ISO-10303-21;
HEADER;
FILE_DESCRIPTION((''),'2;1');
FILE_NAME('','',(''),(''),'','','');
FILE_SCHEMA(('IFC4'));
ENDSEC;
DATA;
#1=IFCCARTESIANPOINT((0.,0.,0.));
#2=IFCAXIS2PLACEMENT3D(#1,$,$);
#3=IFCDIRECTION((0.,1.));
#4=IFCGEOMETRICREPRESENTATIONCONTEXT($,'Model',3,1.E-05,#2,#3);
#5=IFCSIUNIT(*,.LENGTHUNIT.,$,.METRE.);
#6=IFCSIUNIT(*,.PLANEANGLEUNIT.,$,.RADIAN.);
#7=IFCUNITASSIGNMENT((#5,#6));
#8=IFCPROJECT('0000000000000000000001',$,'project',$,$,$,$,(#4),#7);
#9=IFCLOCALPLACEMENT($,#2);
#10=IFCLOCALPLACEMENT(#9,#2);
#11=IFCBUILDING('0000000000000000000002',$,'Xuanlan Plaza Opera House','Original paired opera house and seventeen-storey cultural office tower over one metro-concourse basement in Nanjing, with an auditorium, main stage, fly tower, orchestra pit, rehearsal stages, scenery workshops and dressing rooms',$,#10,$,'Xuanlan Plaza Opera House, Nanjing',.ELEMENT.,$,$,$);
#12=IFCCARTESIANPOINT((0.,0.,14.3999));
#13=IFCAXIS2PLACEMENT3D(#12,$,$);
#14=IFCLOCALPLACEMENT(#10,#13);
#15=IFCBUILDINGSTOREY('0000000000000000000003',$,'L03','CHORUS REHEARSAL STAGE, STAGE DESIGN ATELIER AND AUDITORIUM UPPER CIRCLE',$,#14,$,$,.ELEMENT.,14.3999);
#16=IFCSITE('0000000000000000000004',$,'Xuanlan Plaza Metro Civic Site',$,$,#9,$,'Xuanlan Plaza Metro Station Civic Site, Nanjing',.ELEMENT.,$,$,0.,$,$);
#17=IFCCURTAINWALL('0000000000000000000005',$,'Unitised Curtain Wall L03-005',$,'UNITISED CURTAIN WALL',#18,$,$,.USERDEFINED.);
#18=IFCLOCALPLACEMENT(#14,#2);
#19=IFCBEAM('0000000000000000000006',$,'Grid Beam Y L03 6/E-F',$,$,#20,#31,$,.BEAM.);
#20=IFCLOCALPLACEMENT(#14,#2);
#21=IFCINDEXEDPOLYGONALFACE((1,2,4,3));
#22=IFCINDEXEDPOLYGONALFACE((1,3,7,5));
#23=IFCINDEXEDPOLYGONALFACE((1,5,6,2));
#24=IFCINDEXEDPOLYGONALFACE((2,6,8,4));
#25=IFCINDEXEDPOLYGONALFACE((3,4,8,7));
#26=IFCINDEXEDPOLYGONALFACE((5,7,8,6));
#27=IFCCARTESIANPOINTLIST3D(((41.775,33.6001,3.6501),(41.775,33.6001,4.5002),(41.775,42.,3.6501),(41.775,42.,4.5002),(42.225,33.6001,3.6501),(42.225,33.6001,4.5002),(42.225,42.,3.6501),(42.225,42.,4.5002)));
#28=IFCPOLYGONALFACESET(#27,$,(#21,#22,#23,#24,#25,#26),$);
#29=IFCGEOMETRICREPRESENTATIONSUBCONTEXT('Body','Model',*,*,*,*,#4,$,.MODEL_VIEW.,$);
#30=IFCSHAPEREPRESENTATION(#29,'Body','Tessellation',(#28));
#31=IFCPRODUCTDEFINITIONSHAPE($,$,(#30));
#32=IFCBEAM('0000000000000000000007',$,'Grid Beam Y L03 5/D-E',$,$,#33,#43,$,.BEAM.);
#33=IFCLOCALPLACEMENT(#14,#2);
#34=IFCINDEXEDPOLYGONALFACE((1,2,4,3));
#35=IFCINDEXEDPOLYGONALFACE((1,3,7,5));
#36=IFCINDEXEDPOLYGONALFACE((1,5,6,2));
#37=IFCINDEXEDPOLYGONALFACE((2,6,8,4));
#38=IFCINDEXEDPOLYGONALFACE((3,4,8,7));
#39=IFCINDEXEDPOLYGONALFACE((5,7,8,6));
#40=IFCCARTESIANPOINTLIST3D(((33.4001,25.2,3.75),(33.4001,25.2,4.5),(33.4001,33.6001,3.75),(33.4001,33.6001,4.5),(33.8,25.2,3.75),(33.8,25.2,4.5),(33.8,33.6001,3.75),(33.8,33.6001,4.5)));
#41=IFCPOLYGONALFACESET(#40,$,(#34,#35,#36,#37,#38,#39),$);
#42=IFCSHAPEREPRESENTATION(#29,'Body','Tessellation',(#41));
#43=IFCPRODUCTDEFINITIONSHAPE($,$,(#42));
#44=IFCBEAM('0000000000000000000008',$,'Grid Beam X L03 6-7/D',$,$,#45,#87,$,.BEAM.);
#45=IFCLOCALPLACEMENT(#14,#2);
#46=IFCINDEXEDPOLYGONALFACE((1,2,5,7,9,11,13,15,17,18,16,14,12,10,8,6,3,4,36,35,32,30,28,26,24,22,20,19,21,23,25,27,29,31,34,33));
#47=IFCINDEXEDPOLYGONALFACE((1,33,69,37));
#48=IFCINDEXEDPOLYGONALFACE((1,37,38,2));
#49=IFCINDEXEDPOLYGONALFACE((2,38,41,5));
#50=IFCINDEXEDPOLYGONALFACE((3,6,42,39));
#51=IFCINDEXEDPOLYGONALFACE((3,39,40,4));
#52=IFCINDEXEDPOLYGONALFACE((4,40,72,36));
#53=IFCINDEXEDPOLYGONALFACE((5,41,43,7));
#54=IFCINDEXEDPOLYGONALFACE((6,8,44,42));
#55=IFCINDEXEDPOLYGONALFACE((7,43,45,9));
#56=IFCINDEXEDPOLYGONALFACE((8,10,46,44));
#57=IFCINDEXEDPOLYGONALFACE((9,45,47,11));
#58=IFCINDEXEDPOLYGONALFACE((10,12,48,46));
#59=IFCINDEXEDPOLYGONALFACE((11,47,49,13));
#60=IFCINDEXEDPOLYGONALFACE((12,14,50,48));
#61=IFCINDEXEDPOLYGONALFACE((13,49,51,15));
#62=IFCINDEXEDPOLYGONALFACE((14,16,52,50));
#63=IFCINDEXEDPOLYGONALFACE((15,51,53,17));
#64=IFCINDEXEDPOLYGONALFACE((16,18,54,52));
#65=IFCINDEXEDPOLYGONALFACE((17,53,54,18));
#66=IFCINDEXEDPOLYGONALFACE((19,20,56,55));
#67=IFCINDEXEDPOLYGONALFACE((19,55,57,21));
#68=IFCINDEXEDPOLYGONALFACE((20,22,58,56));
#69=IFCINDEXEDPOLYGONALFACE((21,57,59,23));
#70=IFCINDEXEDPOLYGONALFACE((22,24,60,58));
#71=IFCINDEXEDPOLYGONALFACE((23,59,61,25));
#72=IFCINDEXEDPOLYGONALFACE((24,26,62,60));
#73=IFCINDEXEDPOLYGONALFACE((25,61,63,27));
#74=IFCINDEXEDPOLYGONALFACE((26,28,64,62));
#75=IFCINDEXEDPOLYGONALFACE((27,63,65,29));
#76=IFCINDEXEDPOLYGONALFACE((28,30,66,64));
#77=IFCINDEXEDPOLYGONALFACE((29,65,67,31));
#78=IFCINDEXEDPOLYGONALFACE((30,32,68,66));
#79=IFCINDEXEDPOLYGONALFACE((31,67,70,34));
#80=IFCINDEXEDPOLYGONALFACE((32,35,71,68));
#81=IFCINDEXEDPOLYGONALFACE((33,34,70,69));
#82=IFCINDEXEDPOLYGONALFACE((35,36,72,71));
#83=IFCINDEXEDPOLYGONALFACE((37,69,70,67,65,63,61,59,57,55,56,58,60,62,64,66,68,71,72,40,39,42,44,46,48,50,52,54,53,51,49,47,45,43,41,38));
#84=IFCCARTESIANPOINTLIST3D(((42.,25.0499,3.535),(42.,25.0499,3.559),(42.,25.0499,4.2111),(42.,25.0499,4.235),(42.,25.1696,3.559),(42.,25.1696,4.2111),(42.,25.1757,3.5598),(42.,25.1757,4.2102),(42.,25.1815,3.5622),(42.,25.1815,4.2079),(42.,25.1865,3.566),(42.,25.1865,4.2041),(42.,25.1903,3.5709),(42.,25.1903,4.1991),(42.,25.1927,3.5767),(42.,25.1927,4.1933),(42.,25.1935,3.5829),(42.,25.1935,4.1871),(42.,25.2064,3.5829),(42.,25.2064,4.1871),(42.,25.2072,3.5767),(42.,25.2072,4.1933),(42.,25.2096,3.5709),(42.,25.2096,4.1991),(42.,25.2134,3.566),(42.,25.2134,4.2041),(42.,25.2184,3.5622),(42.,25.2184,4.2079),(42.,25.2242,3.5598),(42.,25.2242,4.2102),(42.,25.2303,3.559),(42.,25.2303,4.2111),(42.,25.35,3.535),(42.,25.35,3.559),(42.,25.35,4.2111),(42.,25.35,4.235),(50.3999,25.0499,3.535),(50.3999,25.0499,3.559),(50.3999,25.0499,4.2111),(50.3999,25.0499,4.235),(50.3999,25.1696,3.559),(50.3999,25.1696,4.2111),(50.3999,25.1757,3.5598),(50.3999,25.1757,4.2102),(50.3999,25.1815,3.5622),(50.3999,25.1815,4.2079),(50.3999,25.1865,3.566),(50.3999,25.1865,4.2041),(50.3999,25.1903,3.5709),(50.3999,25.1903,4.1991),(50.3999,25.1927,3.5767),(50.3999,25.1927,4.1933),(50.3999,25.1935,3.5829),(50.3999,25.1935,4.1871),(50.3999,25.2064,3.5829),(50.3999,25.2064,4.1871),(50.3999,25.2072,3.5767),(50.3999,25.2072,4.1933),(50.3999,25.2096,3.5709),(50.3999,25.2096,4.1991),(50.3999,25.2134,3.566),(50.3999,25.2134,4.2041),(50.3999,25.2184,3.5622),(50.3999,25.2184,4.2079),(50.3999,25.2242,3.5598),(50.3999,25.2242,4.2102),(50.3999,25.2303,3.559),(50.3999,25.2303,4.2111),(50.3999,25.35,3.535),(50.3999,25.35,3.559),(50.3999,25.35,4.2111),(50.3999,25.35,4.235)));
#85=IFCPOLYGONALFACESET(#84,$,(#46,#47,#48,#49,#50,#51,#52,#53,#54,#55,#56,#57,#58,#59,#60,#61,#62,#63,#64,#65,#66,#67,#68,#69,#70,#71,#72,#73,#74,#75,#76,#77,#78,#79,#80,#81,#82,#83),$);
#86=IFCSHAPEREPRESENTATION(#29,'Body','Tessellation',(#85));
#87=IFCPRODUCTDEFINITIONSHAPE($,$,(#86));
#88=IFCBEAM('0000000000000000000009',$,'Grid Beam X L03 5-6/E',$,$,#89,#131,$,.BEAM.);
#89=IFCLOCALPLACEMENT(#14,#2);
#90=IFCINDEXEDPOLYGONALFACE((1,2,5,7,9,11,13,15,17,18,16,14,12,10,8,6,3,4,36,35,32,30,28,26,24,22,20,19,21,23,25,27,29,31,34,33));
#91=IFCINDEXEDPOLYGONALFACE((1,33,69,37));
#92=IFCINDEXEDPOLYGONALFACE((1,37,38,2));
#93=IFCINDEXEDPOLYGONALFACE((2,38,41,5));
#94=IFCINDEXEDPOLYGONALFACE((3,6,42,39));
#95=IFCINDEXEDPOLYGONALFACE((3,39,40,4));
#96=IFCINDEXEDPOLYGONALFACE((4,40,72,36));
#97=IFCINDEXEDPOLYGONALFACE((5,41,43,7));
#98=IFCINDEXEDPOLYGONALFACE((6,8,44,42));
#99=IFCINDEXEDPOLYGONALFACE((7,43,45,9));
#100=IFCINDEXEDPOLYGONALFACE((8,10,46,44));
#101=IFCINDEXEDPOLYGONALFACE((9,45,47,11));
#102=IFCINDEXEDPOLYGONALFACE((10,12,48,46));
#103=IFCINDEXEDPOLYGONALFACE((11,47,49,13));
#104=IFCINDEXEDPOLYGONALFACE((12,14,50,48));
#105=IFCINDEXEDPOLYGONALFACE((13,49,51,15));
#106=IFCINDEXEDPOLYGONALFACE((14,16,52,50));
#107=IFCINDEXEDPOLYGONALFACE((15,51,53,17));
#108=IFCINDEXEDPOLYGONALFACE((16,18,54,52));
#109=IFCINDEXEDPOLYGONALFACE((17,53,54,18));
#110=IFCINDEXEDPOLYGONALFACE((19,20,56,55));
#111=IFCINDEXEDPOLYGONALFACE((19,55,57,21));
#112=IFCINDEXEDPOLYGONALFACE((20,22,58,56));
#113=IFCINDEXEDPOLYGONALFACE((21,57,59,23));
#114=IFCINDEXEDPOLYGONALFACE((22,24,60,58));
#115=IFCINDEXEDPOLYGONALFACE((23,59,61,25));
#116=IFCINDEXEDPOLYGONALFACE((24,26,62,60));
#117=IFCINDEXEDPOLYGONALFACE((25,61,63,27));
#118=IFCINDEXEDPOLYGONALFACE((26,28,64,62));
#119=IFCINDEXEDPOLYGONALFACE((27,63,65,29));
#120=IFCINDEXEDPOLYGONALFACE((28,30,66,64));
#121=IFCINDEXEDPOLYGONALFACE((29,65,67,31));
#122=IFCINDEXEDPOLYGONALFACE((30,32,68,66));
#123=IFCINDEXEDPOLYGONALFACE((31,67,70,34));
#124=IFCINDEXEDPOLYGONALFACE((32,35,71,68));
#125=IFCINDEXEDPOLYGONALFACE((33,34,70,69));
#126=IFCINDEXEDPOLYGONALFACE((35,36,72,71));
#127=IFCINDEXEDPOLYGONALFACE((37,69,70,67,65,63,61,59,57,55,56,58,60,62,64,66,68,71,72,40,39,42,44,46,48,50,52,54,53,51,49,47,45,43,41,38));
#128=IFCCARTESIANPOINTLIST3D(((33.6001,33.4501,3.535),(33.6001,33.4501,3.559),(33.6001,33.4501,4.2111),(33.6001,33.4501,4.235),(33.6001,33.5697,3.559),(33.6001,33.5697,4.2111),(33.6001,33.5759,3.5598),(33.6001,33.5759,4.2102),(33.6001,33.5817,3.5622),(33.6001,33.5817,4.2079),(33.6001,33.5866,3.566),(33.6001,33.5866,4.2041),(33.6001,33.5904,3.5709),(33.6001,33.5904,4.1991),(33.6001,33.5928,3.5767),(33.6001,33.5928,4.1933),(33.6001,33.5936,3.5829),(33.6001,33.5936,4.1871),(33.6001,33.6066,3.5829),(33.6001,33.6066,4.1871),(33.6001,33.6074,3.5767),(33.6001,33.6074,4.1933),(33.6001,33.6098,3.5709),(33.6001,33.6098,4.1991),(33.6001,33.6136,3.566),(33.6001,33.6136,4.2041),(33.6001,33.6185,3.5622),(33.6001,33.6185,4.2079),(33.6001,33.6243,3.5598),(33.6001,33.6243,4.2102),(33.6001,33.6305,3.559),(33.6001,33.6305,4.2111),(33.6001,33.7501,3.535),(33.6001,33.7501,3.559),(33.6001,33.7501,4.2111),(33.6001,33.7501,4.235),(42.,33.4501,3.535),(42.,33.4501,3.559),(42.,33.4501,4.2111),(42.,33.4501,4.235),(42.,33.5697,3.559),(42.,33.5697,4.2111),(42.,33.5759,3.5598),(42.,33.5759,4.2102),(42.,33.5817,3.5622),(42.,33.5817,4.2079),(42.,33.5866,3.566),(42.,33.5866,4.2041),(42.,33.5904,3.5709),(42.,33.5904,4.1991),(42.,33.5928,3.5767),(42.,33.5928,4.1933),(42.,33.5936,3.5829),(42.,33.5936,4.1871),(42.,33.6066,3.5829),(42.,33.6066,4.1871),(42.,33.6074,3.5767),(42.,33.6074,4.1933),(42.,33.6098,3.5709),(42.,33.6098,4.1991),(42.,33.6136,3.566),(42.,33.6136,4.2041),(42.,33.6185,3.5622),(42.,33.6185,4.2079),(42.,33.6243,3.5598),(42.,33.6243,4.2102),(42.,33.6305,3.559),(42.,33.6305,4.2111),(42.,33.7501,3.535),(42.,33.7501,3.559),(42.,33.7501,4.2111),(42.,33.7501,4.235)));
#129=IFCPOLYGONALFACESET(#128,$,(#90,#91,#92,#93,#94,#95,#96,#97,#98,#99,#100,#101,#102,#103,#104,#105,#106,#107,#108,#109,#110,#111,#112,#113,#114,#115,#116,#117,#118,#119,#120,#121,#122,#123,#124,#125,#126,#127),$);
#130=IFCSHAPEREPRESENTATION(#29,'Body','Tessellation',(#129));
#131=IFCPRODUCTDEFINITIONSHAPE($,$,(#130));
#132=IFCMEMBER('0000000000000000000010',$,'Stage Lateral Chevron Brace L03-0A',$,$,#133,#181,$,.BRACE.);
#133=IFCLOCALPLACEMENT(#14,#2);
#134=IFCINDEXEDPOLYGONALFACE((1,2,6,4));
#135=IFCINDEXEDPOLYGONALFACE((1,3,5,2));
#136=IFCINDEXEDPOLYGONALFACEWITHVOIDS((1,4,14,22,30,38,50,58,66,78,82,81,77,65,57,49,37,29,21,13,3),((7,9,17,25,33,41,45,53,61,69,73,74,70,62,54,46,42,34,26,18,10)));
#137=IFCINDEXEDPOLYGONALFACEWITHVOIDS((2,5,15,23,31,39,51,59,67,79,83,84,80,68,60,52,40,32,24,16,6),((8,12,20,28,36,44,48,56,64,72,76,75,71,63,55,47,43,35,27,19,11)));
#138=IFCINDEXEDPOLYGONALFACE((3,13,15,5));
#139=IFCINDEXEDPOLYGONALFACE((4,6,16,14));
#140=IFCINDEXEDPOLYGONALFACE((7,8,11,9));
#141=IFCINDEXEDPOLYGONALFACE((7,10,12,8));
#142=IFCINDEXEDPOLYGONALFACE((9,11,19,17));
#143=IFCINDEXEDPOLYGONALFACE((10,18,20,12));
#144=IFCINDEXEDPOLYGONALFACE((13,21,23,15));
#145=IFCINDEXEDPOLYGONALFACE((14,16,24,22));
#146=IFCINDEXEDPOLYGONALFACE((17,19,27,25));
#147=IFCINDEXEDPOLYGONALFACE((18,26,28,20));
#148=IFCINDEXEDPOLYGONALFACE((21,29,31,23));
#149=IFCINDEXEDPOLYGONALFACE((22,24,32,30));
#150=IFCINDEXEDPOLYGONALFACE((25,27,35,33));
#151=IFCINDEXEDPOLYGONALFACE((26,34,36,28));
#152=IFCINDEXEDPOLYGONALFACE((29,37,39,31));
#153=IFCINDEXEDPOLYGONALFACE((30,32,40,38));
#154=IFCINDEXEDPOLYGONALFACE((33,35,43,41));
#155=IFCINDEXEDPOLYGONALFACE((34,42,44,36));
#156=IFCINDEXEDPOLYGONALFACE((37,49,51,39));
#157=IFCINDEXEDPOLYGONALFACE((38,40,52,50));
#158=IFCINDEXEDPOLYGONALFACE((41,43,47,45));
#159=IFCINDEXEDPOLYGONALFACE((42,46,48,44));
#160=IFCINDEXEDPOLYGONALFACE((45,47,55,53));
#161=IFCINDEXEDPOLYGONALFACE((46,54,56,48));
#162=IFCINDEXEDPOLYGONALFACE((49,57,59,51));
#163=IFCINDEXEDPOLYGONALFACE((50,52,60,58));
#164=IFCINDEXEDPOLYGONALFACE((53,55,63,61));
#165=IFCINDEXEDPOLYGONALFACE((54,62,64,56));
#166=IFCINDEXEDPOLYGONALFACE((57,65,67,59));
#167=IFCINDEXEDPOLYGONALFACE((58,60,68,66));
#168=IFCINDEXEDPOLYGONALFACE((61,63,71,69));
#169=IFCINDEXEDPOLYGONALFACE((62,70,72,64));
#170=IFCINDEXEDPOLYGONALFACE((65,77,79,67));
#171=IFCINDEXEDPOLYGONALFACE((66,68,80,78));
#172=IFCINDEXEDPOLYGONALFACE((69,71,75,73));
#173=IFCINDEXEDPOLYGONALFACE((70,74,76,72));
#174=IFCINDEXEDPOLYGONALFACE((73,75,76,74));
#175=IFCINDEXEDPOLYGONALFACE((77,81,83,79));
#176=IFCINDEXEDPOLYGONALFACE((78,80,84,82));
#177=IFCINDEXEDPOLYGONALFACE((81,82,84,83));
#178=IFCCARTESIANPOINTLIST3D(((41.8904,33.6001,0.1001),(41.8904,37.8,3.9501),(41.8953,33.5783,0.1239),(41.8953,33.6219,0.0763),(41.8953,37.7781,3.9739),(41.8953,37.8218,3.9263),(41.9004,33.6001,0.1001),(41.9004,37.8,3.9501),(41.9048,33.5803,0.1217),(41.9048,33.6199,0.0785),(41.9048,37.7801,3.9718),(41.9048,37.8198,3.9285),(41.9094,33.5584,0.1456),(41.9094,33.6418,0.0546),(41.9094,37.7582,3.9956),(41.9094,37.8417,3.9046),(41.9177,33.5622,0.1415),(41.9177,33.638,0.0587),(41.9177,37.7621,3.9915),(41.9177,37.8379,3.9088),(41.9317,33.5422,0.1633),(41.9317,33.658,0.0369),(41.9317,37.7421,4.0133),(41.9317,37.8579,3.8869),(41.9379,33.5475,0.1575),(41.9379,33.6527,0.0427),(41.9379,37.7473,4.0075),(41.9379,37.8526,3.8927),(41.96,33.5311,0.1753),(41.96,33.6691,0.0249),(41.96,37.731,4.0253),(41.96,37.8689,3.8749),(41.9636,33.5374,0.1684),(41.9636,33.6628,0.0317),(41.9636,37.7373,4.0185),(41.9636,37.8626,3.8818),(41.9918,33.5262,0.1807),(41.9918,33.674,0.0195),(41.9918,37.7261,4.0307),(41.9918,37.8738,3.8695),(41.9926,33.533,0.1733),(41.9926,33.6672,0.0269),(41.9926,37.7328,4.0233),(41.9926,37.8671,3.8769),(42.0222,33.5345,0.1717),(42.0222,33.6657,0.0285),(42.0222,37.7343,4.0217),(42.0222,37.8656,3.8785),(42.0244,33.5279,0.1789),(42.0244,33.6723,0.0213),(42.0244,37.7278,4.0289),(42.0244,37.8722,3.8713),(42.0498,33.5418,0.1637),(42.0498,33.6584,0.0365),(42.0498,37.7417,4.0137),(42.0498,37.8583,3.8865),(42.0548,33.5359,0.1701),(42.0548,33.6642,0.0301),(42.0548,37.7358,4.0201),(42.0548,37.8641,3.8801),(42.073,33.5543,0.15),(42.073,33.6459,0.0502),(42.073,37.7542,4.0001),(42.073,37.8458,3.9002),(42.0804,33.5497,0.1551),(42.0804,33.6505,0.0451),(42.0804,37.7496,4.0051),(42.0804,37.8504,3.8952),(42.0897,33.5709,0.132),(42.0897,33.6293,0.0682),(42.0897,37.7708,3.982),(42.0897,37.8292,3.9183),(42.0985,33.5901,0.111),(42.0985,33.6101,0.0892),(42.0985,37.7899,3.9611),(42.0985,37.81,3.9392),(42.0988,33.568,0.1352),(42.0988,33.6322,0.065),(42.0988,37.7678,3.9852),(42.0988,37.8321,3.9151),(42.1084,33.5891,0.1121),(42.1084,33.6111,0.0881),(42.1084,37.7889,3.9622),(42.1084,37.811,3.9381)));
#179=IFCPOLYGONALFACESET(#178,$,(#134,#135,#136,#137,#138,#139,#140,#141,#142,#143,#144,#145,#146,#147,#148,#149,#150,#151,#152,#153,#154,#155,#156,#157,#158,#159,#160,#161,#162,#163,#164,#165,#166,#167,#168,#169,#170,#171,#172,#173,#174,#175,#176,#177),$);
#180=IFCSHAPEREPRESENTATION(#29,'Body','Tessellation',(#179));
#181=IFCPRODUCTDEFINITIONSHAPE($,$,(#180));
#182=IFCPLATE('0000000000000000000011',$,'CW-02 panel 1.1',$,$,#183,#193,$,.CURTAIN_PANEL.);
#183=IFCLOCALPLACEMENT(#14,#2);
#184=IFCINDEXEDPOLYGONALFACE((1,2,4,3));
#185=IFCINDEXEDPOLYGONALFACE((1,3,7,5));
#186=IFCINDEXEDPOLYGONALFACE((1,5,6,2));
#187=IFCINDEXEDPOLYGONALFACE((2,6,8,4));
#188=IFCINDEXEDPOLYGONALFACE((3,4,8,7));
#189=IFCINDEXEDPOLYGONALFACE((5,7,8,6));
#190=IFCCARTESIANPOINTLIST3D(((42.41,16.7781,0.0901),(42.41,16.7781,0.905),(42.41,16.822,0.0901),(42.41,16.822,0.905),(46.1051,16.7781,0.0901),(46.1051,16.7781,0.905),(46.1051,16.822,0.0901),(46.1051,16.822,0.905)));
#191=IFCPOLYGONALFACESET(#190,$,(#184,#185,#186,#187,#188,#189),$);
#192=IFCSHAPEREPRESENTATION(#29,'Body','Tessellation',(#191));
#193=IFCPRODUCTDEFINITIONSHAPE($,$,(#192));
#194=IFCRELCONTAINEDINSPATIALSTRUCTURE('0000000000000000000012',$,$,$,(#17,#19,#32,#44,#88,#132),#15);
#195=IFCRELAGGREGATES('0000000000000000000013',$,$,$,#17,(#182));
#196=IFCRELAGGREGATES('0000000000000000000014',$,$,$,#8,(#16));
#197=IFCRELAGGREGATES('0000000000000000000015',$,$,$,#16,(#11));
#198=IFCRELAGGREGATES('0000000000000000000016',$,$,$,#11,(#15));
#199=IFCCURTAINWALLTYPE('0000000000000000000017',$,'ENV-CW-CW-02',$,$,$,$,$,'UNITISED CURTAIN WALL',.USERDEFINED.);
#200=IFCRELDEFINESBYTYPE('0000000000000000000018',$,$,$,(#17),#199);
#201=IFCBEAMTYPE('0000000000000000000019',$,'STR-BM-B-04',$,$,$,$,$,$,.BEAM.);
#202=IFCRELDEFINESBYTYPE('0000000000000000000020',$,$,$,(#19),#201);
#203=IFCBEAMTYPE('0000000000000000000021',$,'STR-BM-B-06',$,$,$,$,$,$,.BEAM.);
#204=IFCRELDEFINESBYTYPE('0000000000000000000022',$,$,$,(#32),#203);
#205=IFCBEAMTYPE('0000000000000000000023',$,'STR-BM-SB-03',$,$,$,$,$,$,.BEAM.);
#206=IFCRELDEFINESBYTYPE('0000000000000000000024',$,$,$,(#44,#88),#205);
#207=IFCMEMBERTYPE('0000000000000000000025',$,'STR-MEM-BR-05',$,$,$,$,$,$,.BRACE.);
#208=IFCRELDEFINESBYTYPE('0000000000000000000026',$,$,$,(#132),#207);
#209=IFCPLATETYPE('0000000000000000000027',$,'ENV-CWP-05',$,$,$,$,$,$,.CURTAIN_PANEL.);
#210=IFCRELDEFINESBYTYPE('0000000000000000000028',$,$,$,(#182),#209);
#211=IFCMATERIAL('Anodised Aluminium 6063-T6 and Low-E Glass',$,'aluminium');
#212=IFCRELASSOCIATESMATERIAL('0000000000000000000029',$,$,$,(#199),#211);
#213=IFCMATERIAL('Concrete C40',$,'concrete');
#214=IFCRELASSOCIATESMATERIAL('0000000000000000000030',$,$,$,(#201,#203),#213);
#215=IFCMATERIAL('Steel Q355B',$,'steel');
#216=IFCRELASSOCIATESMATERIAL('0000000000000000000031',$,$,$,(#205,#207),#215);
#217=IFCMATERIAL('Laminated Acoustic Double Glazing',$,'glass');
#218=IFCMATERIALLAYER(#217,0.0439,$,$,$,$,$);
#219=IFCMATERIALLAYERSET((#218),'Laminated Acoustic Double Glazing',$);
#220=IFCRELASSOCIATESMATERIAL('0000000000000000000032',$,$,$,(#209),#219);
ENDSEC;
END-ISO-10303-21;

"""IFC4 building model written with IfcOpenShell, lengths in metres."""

from ifc_helpers import new_model, si_unit, direction, frame, origin, origin_2d, place, context, subcontext, project, spatial, rectangle, hollow_circle, i_section, extrude, material, layer, layer_set, material_profile, profile_set, type_object, element, aggregate, save


model = new_model("IFC4")

# Units and contexts
model_context = context("Model", 3, precision=1e-05, world=origin(), true_north=direction((0.0, 1.0)))
body_context = subcontext(model_context, "Body", "Model", "MODEL_VIEW")
ifc_project = project(units=[si_unit("LENGTHUNIT", "METRE"), si_unit("PLANEANGLEUNIT", "RADIAN")], contexts=[model_context])

# Site, building, storey
site_placement = place(None, origin())
site = spatial("IfcSite", under=ifc_project, at=site_placement, Name="Xuanlan Plaza Metro Civic Site", LongName="Xuanlan Plaza Metro Station Civic Site, Nanjing", CompositionType="ELEMENT", RefElevation=0.0)
building_placement = place(site_placement, origin())
building = spatial("IfcBuilding", under=site, at=building_placement, Name="Xuanlan Plaza Opera House", Description="Original paired opera house and seventeen-storey cultural office tower over one metro-concourse basement in Nanjing, with an auditorium, main stage, fly tower, orchestra pit, rehearsal stages, scenery workshops and dressing rooms", LongName="Xuanlan Plaza Opera House, Nanjing", CompositionType="ELEMENT")
storey_placement = place(building_placement, frame((0.0, 0.0, 14.3999)))
storey = spatial("IfcBuildingStorey", under=building, at=storey_placement, Name="L03", Description="CHORUS REHEARSAL STAGE, STAGE DESIGN ATELIER AND AUDITORIUM UPPER CIRCLE", CompositionType="ELEMENT", Elevation=14.3999)

# Shared definitions
ifc_material_1 = material(Name="Concrete C40", Category="concrete")

# Curtain wall
ifc_material_2 = material(Name="Anodised Aluminium 6063-T6 and Low-E Glass", Category="aluminium")
curtain_wall_type = type_object("IfcCurtainWallType", Name="ENV-CW-CW-02", ElementType="UNITISED CURTAIN WALL", PredefinedType="USERDEFINED", material=ifc_material_2)
curtain_wall_placement = place(storey_placement, origin())
curtain_wall = element("IfcCurtainWall", 1, at=curtain_wall_placement, inside=storey, type_object=curtain_wall_type, Name="Unitised Curtain Wall L03-005", ObjectType="UNITISED CURTAIN WALL", PredefinedType="USERDEFINED")

# Beams
ifc_material_profile_1 = material_profile(ifc_material_1, rectangle(XDim=0.45, YDim=0.8501, at=origin_2d()), Name="RC-BM 450x850")
ifc_profile_set_1 = profile_set([ifc_material_profile_1], Name="Concrete C40")
beam_type_1 = type_object("IfcBeamType", Name="STR-BM-B-04", PredefinedType="BEAM", material=ifc_profile_set_1)
for number, where, z_axis, x_axis, name in (
    (2, (42.0, 33.6001, 4.0752), (0.0, 1.0, 0.0), (-1.0, 0.0, 0.0), "Grid Beam Y L03 6/E-F"),
):
    element("IfcBeam", number, at=place(storey_placement, frame(where, z_axis=z_axis, x_axis=x_axis)), inside=storey, type_object=beam_type_1, Name=name, PredefinedType="BEAM", context=body_context, shape_type="SweptSolid", body=[
        extrude(rectangle(XDim=0.45, YDim=0.8501, at=origin_2d()), origin(), (0.0, 0.0, 1.0), 8.3999),
    ])
ifc_material_profile_2 = material_profile(ifc_material_1, rectangle(XDim=0.3999, YDim=0.75, at=origin_2d()), Name="RC-BM 400x750")
ifc_profile_set_2 = profile_set([ifc_material_profile_2], Name="Concrete C40")
beam_type_2 = type_object("IfcBeamType", Name="STR-BM-B-06", PredefinedType="BEAM", material=ifc_profile_set_2)
beam_1_placement = place(storey_placement, frame((33.6001, 25.2, 4.125), z_axis=(0.0, 1.0, 0.0), x_axis=(-1.0, 0.0, 0.0)))
element("IfcBeam", 3, at=beam_1_placement, inside=storey, type_object=beam_type_2, Name="Grid Beam Y L03 5/D-E", PredefinedType="BEAM", context=body_context, shape_type="SweptSolid", body=[
    extrude(rectangle(XDim=0.3999, YDim=0.75, at=origin_2d()), origin(), (0.0, 0.0, 1.0), 8.4001),
])
ifc_material_3 = material(Name="Steel Q355B", Category="steel")
ifc_material_profile_3 = material_profile(ifc_material_3, i_section(OverallWidth=0.3, OverallDepth=0.7, WebThickness=0.0129, FlangeThickness=0.0239, FilletRadius=0.0239, at=origin_2d()), Name="HN 700x300x13x24")
ifc_profile_set_3 = profile_set([ifc_material_profile_3], Name="Steel Q355B")
beam_type_3 = type_object("IfcBeamType", Name="STR-BM-SB-03", PredefinedType="BEAM", material=ifc_profile_set_3)
for number, where, z_axis, x_axis, name in (
    (4, (42.0, 25.2, 3.885), (1.0, 0.0, 0.0), (0.0, 1.0, 0.0), "Grid Beam X L03 6-7/D"),
    (5, (33.6001, 33.6001, 3.885), (1.0, 0.0, 0.0), (0.0, 1.0, 0.0), "Grid Beam X L03 5-6/E"),
):
    element("IfcBeam", number, at=place(storey_placement, frame(where, z_axis=z_axis, x_axis=x_axis)), inside=storey, type_object=beam_type_3, Name=name, PredefinedType="BEAM", context=body_context, shape_type="SweptSolid", body=[
        extrude(i_section(OverallWidth=0.3, OverallDepth=0.7, WebThickness=0.0129, FlangeThickness=0.0239, FilletRadius=0.0239, at=origin_2d()), origin(), (0.0, 0.0, 1.0), 8.3999),
    ])

# Member
ifc_material_profile_4 = material_profile(ifc_material_3, hollow_circle(Radius=0.1096, WallThickness=0.01, at=origin_2d()), Name="CHS 219.1x10")
ifc_profile_set_4 = profile_set([ifc_material_profile_4], Name="Steel Q355B")
member_type_1 = type_object("IfcMemberType", Name="STR-MEM-BR-05", PredefinedType="BRACE", material=ifc_profile_set_4)
member_1_placement = place(storey_placement, frame((42.0, 33.6001, 0.1001), z_axis=(0.0, 0.737142, 0.675738), x_axis=(-1.0, 0.0, 0.0)))
element("IfcMember", 6, at=member_1_placement, inside=storey, type_object=member_type_1, Name="Stage Lateral Chevron Brace L03-0A", PredefinedType="BRACE", context=body_context, shape_type="SweptSolid", body=[
    extrude(hollow_circle(Radius=0.1096, WallThickness=0.01, at=origin_2d()), origin(), (0.0, 0.0, 1.0), 5.6975),
])

# Plate
ifc_material_4 = material(Name="Laminated Acoustic Double Glazing", Category="glass")
ifc_layer_1 = layer(ifc_material_4, 0.0439)
ifc_layer_set_1 = layer_set([ifc_layer_1], Name="Laminated Acoustic Double Glazing")
plate_type = type_object("IfcPlateType", Name="ENV-CWP-05", PredefinedType="CURTAIN_PANEL", material=ifc_layer_set_1)
plate_1_placement = place(storey_placement, frame((44.2576, 16.8, 0.0901), z_axis=(0.0, 0.0, 1.0), x_axis=(1.0, 0.0, 0.0)))
plate_1 = element("IfcPlate", 7, at=plate_1_placement, type_object=plate_type, Name="CW-02 panel 1.1", PredefinedType="CURTAIN_PANEL", context=body_context, shape_type="SweptSolid", body=[
    extrude(rectangle(XDim=3.6951, YDim=0.0439, at=origin_2d()), origin(), (0.0, 0.0, 1.0), 0.8149),
])
aggregate(curtain_wall, [plate_1])

save(model, "model.ifc")
